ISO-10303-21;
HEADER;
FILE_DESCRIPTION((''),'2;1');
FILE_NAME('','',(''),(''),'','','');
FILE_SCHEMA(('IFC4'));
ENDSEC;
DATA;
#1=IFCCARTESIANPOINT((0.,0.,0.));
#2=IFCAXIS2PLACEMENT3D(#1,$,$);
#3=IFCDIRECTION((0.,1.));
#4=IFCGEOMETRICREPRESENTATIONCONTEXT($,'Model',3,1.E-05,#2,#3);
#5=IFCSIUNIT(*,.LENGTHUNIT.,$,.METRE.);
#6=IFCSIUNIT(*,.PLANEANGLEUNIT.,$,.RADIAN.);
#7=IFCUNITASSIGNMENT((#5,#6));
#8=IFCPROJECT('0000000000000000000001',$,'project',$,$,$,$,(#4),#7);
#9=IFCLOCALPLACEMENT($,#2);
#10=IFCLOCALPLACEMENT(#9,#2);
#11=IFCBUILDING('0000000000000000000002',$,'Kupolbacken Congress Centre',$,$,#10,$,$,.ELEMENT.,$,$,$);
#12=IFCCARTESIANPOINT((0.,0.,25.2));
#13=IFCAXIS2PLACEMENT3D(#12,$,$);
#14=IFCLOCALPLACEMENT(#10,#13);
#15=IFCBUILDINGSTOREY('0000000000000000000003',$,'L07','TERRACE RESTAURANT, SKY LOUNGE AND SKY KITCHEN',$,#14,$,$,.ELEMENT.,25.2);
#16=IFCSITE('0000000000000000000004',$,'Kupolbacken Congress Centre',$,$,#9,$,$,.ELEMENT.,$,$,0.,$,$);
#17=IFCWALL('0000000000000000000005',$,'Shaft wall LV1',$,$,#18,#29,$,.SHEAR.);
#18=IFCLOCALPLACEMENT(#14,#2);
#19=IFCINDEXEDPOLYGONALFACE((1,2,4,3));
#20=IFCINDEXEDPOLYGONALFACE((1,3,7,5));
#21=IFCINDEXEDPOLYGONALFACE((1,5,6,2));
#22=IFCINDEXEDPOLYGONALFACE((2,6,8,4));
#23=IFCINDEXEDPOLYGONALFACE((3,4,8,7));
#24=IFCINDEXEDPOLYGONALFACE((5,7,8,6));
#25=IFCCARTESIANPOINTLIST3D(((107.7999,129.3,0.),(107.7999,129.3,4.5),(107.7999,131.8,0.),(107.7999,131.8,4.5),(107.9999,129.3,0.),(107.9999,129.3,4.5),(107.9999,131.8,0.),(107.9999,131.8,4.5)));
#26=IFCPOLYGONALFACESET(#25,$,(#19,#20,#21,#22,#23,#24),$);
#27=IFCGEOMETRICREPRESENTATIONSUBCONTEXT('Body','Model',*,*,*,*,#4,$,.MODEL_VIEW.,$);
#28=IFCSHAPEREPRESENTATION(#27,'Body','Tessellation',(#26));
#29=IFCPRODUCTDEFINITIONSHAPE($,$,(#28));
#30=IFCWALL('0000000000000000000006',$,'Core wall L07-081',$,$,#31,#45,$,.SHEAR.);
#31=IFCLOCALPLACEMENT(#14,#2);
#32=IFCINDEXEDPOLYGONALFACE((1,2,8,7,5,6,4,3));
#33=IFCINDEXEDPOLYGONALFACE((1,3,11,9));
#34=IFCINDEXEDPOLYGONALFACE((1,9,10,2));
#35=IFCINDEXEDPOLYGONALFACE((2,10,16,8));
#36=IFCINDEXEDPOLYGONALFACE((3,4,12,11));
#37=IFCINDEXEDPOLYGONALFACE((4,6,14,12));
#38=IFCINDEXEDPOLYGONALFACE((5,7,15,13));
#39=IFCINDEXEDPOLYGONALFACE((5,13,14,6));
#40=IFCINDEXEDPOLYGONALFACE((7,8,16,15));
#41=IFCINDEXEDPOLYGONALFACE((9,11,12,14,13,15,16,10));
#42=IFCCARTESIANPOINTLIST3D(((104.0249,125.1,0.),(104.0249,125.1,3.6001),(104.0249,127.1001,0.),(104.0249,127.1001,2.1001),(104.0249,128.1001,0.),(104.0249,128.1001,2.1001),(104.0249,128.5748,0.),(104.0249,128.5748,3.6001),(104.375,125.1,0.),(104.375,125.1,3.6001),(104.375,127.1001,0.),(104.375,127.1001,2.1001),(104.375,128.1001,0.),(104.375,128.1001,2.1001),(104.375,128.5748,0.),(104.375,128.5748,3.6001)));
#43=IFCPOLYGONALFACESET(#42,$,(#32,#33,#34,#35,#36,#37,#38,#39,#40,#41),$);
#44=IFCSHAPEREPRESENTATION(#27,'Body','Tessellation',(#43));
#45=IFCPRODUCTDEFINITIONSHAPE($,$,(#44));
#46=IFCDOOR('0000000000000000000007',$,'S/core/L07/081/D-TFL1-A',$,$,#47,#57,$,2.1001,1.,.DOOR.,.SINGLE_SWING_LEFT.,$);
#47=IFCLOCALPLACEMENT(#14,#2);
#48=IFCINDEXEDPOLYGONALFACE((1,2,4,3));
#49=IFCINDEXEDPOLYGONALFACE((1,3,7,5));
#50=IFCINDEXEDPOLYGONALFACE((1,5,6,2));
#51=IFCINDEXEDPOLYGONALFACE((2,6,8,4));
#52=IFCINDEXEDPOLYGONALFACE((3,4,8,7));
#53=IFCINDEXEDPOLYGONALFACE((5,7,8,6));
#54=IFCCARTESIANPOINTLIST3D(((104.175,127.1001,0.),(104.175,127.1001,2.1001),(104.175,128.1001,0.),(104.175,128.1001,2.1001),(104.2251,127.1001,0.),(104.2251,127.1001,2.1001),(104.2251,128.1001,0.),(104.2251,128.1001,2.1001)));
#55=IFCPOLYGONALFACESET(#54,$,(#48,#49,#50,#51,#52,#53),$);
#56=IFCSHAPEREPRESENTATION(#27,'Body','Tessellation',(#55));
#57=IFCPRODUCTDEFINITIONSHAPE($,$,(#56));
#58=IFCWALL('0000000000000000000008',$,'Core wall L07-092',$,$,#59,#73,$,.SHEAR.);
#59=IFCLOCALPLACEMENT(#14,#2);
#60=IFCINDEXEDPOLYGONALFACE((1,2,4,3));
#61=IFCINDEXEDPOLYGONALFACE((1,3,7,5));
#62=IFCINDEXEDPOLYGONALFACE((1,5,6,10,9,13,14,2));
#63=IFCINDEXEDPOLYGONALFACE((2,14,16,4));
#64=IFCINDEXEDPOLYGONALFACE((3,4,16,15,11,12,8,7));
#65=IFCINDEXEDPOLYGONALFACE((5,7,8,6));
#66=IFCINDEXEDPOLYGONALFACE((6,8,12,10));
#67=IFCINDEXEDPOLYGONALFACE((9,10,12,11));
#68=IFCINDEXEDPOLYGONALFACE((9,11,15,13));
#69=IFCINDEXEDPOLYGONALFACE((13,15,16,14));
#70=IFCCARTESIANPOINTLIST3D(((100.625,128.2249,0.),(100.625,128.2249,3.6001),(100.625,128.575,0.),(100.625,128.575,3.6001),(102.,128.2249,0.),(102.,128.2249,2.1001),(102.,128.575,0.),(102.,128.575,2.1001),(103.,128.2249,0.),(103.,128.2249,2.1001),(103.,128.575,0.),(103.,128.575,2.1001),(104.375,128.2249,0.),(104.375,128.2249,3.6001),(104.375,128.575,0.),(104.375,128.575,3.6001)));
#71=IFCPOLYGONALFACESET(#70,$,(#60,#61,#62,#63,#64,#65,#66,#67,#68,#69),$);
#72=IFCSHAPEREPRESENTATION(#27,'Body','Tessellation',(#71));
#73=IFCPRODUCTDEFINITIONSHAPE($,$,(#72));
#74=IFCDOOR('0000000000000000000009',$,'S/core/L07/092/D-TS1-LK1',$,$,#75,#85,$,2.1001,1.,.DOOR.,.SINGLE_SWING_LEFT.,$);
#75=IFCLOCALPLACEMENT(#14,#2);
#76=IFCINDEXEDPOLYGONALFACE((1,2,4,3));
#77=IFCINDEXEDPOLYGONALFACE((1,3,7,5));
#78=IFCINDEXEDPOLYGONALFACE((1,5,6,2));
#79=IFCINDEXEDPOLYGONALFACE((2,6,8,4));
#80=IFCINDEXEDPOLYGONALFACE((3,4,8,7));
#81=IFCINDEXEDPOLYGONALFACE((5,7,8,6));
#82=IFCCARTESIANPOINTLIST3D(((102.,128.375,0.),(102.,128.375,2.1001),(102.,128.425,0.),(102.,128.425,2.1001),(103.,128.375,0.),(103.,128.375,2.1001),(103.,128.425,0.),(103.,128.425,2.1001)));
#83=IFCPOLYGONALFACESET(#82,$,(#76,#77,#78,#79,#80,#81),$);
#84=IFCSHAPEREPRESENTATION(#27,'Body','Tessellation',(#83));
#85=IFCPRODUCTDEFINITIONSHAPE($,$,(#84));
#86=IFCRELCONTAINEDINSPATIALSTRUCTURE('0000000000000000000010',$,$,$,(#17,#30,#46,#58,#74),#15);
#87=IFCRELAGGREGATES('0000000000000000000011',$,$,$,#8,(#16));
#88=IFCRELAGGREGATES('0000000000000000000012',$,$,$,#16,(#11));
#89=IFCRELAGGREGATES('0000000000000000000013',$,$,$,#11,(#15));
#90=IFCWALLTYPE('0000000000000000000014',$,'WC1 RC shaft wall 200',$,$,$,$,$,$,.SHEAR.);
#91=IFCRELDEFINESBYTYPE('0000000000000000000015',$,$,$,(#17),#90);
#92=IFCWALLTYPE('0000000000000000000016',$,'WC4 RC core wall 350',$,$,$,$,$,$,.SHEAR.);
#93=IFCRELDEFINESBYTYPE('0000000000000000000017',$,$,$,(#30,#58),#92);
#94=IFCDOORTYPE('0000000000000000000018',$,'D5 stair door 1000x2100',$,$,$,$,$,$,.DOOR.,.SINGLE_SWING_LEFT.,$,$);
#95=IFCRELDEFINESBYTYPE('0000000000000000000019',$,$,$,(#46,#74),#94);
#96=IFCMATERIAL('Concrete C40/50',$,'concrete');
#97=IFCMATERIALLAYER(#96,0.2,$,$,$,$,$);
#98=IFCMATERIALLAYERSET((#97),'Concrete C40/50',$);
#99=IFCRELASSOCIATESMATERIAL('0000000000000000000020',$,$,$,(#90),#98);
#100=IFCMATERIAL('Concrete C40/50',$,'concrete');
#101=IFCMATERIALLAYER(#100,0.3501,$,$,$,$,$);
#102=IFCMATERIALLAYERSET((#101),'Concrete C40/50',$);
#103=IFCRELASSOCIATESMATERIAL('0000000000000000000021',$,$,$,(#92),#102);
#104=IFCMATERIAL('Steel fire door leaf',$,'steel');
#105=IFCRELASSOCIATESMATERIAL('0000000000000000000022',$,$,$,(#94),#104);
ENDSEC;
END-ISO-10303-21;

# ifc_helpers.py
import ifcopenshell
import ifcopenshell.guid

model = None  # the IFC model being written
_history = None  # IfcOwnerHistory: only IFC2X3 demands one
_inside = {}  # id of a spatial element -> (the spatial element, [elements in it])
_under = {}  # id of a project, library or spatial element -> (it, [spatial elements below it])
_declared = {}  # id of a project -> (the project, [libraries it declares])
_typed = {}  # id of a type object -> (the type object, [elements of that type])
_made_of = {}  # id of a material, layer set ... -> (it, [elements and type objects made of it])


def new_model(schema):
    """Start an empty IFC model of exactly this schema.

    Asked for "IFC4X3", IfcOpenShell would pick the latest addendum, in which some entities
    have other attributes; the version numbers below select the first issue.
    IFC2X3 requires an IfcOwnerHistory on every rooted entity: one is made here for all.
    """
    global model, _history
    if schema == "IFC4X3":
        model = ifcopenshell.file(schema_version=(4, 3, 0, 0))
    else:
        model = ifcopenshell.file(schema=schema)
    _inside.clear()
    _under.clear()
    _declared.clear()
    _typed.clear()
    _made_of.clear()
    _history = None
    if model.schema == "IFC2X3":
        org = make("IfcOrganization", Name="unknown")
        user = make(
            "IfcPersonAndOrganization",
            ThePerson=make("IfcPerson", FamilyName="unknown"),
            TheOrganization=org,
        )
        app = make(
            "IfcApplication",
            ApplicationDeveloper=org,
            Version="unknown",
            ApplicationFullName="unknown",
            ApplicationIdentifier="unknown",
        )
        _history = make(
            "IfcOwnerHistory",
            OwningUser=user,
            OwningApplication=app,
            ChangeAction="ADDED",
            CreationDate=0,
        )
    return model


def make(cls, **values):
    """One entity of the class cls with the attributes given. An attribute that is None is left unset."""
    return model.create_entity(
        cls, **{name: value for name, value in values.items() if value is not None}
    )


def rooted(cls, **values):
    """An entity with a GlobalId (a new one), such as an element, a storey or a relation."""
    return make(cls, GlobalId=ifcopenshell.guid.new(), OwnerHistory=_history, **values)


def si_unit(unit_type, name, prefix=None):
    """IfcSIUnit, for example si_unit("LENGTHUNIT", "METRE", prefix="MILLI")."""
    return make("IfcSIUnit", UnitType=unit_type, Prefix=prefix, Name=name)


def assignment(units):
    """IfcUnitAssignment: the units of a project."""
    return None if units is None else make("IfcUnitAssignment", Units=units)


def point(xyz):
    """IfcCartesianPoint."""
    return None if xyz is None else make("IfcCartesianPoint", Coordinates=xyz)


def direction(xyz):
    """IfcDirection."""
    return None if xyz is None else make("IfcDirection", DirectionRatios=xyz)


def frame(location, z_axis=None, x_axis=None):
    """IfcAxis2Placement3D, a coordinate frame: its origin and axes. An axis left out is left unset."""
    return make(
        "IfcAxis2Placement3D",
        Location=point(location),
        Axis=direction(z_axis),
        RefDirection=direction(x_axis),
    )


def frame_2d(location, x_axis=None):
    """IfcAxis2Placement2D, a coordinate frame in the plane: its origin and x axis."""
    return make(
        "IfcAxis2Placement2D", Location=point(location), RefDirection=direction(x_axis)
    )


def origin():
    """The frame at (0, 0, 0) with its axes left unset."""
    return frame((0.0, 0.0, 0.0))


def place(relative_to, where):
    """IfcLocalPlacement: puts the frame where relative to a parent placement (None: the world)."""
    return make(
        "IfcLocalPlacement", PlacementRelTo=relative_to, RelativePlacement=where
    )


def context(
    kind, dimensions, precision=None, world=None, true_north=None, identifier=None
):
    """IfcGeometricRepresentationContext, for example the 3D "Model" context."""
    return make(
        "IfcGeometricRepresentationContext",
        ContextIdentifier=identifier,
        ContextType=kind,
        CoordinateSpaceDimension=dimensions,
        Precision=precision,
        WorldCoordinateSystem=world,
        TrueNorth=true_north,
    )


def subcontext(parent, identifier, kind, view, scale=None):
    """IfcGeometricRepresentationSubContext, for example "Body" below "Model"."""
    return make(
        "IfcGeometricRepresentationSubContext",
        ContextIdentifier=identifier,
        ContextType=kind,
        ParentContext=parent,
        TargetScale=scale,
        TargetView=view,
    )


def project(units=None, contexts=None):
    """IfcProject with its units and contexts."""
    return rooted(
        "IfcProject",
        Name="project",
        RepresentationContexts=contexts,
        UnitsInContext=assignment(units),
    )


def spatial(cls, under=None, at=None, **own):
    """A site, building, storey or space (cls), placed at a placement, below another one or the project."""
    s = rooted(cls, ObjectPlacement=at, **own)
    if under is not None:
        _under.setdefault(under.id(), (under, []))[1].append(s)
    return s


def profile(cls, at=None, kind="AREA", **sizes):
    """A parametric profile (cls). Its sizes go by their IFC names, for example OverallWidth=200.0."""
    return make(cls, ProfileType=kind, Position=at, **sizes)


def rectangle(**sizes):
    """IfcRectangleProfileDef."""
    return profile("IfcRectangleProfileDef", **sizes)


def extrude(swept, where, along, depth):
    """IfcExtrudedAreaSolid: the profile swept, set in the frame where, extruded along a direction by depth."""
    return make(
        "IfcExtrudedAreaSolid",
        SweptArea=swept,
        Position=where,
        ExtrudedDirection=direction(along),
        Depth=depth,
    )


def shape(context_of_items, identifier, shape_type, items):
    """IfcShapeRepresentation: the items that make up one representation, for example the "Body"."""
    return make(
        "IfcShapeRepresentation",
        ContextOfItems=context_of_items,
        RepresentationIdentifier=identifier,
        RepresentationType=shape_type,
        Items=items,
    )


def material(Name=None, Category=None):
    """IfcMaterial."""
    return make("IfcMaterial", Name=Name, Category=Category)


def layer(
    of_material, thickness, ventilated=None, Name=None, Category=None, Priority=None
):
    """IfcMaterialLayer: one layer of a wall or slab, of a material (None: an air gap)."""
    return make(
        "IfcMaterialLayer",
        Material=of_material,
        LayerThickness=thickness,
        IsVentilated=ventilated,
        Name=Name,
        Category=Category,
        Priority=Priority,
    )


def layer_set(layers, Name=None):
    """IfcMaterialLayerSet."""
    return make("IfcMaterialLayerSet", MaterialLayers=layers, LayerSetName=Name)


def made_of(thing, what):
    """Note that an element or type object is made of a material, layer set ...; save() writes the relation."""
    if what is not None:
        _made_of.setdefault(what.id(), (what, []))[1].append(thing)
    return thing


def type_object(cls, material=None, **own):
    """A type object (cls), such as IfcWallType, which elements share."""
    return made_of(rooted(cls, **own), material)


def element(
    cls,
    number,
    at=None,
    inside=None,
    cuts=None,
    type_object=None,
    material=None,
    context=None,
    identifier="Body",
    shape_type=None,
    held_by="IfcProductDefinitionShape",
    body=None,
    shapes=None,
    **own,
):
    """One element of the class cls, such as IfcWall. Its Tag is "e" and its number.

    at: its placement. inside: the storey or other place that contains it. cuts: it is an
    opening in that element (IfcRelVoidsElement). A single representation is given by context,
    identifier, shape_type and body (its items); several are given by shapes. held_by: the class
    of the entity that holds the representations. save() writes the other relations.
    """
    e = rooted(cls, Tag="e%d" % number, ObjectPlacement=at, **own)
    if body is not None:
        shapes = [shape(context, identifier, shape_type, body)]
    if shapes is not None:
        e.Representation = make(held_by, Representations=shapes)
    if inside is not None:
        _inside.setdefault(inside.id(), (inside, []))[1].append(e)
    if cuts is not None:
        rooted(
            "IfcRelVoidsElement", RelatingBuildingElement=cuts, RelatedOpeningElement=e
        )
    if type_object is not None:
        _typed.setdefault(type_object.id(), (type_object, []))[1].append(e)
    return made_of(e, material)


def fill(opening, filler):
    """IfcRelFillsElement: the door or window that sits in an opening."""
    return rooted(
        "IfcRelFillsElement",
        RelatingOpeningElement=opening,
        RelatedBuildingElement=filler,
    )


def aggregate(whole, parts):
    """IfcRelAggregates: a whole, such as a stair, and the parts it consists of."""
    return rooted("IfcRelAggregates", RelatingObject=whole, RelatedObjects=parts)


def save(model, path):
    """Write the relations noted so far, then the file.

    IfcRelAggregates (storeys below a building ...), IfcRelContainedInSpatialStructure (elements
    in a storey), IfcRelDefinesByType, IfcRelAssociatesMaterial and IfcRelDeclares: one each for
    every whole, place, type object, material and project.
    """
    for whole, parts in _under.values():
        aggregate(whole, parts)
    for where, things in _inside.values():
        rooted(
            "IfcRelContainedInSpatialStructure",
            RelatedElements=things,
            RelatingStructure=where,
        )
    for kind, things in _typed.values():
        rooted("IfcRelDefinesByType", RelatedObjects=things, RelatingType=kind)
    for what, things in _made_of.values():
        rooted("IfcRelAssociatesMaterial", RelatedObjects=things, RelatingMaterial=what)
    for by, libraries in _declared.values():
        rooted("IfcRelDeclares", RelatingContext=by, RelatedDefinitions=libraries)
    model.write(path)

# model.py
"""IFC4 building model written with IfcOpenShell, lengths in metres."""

from ifc_helpers import new_model, si_unit, direction, frame, frame_2d, origin, place, context, subcontext, project, spatial, rectangle, extrude, material, layer, layer_set, type_object, element, fill, save


model = new_model("IFC4")

# Units and contexts
model_context = context("Model", 3, precision=1e-05, world=origin(), true_north=direction((0.0, 1.0)))
body_context = subcontext(model_context, "Body", "Model", "MODEL_VIEW")
ifc_project = project(units=[si_unit("LENGTHUNIT", "METRE"), si_unit("PLANEANGLEUNIT", "RADIAN")], contexts=[model_context])

# Site, building, storey
site_placement = place(None, origin())
site = spatial("IfcSite", under=ifc_project, at=site_placement, Name="Kupolbacken Congress Centre", CompositionType="ELEMENT", RefElevation=0.0)
building_placement = place(site_placement, origin())
building = spatial("IfcBuilding", under=site, at=building_placement, Name="Kupolbacken Congress Centre", CompositionType="ELEMENT")
storey_placement = place(building_placement, frame((0.0, 0.0, 25.2)))
storey = spatial("IfcBuildingStorey", under=building, at=storey_placement, Name="L07", Description="TERRACE RESTAURANT, SKY LOUNGE AND SKY KITCHEN", CompositionType="ELEMENT", Elevation=25.2)

# Shared definitions
ifc_material_1 = material(Name="Concrete C40/50", Category="concrete")
ifc_layer_1 = layer(ifc_material_1, 0.2)
ifc_layer_set_1 = layer_set([ifc_layer_1], Name="Concrete C40/50")
wall_type_1 = type_object("IfcWallType", Name="WC1 RC shaft wall 200", PredefinedType="SHEAR", material=ifc_layer_set_1)

# Wall
for number, where, z_axis, x_axis, name in (
    (1, (107.8999, 129.3, 0.0), (0.0, 0.0, 1.0), (0.0, 1.0, 0.0), "Shaft wall LV1"),
):
    element("IfcWall", number, at=place(storey_placement, frame(where, z_axis=z_axis, x_axis=x_axis)), inside=storey, type_object=wall_type_1, Name=name, PredefinedType="SHEAR", context=body_context, shape_type="SweptSolid", body=[
        extrude(rectangle(XDim=2.5, YDim=0.2, at=frame_2d((1.25, 0.0))), origin(), (0.0, 0.0, 1.0), 4.5),
    ])

# Walls, openings, doors
ifc_material_2 = material(Name="Concrete C40/50", Category="concrete")
ifc_layer_2 = layer(ifc_material_2, 0.3501)
ifc_layer_set_2 = layer_set([ifc_layer_2], Name="Concrete C40/50")
wall_type_2 = type_object("IfcWallType", Name="WC4 RC core wall 350", PredefinedType="SHEAR", material=ifc_layer_set_2)
wall_1_placement = place(storey_placement, frame((104.2, 125.1001, 0.0), z_axis=(0.0, 0.0, 1.0), x_axis=(0.0, 1.0, 0.0)))
wall_1 = element("IfcWall", 2, at=wall_1_placement, inside=storey, type_object=wall_type_2, Name="Core wall L07-081", PredefinedType="SHEAR", context=body_context, shape_type="SweptSolid", body=[
    extrude(rectangle(XDim=3.4749, YDim=0.3501, at=frame_2d((1.7373, 0.0))), origin(), (0.0, 0.0, 1.0), 3.6001),
])
opening_1_placement = place(wall_1_placement, frame((2.0, 0.0, 0.0)))
opening_1 = element("IfcOpeningElement", 3, at=opening_1_placement, cuts=wall_1, PredefinedType="OPENING", context=body_context, shape_type="SweptSolid", body=[
    extrude(rectangle(XDim=1.0, YDim=2.1001, at=frame_2d((0.5, 1.05))), frame((0.0, 0.1851, 0.0), z_axis=(0.0, -1.0, 0.0), x_axis=(1.0, 0.0, 0.0)), (0.0, 0.0, 1.0), 0.3701),
])
ifc_material_3 = material(Name="Steel fire door leaf", Category="steel")
door_type_1 = type_object("IfcDoorType", Name="D5 stair door 1000x2100", OperationType="SINGLE_SWING_LEFT", PredefinedType="DOOR", material=ifc_material_3)
door_1_placement = place(opening_1_placement, origin())
door_1 = element("IfcDoor", 4, at=door_1_placement, inside=storey, type_object=door_type_1, Name="S/core/L07/081/D-TFL1-A", OperationType="SINGLE_SWING_LEFT", OverallHeight=2.1001, OverallWidth=1.0, PredefinedType="DOOR", context=body_context, shape_type="SweptSolid", body=[
    extrude(rectangle(XDim=1.0, YDim=2.1001, at=frame_2d((0.5, 1.05))), frame((0.0, 0.0249, 0.0), z_axis=(0.0, -1.0, 0.0), x_axis=(1.0, 0.0, 0.0)), (0.0, 0.0, 1.0), 0.05),
])
fill(opening_1, door_1)
wall_2_placement = place(storey_placement, frame((104.375, 128.3999, 0.0), z_axis=(0.0, 0.0, 1.0), x_axis=(-1.0, 0.0, 0.0)))
wall_2 = element("IfcWall", 5, at=wall_2_placement, inside=storey, type_object=wall_type_2, Name="Core wall L07-092", PredefinedType="SHEAR", context=body_context, shape_type="SweptSolid", body=[
    extrude(rectangle(XDim=3.75, YDim=0.3501, at=frame_2d((1.875, 0.0))), origin(), (0.0, 0.0, 1.0), 3.6001),
])
opening_2_placement = place(wall_2_placement, frame((1.375, 0.0, 0.0)))
opening_2 = element("IfcOpeningElement", 6, at=opening_2_placement, cuts=wall_2, PredefinedType="OPENING", context=body_context, shape_type="SweptSolid", body=[
    extrude(rectangle(XDim=1.0, YDim=2.1001, at=frame_2d((0.5, 1.05))), frame((0.0, 0.1851, 0.0), z_axis=(0.0, -1.0, 0.0), x_axis=(1.0, 0.0, 0.0)), (0.0, 0.0, 1.0), 0.3701),
])
door_2_placement = place(opening_2_placement, origin())
door_2 = element("IfcDoor", 7, at=door_2_placement, inside=storey, type_object=door_type_1, Name="S/core/L07/092/D-TS1-LK1", OperationType="SINGLE_SWING_LEFT", OverallHeight=2.1001, OverallWidth=1.0, PredefinedType="DOOR", context=body_context, shape_type="SweptSolid", body=[
    extrude(rectangle(XDim=1.0, YDim=2.1001, at=frame_2d((0.5, 1.05))), frame((0.0, 0.0249, 0.0), z_axis=(0.0, -1.0, 0.0), x_axis=(1.0, 0.0, 0.0)), (0.0, 0.0, 1.0), 0.05),
])
fill(opening_2, door_2)

save(model, "model.ifc")
